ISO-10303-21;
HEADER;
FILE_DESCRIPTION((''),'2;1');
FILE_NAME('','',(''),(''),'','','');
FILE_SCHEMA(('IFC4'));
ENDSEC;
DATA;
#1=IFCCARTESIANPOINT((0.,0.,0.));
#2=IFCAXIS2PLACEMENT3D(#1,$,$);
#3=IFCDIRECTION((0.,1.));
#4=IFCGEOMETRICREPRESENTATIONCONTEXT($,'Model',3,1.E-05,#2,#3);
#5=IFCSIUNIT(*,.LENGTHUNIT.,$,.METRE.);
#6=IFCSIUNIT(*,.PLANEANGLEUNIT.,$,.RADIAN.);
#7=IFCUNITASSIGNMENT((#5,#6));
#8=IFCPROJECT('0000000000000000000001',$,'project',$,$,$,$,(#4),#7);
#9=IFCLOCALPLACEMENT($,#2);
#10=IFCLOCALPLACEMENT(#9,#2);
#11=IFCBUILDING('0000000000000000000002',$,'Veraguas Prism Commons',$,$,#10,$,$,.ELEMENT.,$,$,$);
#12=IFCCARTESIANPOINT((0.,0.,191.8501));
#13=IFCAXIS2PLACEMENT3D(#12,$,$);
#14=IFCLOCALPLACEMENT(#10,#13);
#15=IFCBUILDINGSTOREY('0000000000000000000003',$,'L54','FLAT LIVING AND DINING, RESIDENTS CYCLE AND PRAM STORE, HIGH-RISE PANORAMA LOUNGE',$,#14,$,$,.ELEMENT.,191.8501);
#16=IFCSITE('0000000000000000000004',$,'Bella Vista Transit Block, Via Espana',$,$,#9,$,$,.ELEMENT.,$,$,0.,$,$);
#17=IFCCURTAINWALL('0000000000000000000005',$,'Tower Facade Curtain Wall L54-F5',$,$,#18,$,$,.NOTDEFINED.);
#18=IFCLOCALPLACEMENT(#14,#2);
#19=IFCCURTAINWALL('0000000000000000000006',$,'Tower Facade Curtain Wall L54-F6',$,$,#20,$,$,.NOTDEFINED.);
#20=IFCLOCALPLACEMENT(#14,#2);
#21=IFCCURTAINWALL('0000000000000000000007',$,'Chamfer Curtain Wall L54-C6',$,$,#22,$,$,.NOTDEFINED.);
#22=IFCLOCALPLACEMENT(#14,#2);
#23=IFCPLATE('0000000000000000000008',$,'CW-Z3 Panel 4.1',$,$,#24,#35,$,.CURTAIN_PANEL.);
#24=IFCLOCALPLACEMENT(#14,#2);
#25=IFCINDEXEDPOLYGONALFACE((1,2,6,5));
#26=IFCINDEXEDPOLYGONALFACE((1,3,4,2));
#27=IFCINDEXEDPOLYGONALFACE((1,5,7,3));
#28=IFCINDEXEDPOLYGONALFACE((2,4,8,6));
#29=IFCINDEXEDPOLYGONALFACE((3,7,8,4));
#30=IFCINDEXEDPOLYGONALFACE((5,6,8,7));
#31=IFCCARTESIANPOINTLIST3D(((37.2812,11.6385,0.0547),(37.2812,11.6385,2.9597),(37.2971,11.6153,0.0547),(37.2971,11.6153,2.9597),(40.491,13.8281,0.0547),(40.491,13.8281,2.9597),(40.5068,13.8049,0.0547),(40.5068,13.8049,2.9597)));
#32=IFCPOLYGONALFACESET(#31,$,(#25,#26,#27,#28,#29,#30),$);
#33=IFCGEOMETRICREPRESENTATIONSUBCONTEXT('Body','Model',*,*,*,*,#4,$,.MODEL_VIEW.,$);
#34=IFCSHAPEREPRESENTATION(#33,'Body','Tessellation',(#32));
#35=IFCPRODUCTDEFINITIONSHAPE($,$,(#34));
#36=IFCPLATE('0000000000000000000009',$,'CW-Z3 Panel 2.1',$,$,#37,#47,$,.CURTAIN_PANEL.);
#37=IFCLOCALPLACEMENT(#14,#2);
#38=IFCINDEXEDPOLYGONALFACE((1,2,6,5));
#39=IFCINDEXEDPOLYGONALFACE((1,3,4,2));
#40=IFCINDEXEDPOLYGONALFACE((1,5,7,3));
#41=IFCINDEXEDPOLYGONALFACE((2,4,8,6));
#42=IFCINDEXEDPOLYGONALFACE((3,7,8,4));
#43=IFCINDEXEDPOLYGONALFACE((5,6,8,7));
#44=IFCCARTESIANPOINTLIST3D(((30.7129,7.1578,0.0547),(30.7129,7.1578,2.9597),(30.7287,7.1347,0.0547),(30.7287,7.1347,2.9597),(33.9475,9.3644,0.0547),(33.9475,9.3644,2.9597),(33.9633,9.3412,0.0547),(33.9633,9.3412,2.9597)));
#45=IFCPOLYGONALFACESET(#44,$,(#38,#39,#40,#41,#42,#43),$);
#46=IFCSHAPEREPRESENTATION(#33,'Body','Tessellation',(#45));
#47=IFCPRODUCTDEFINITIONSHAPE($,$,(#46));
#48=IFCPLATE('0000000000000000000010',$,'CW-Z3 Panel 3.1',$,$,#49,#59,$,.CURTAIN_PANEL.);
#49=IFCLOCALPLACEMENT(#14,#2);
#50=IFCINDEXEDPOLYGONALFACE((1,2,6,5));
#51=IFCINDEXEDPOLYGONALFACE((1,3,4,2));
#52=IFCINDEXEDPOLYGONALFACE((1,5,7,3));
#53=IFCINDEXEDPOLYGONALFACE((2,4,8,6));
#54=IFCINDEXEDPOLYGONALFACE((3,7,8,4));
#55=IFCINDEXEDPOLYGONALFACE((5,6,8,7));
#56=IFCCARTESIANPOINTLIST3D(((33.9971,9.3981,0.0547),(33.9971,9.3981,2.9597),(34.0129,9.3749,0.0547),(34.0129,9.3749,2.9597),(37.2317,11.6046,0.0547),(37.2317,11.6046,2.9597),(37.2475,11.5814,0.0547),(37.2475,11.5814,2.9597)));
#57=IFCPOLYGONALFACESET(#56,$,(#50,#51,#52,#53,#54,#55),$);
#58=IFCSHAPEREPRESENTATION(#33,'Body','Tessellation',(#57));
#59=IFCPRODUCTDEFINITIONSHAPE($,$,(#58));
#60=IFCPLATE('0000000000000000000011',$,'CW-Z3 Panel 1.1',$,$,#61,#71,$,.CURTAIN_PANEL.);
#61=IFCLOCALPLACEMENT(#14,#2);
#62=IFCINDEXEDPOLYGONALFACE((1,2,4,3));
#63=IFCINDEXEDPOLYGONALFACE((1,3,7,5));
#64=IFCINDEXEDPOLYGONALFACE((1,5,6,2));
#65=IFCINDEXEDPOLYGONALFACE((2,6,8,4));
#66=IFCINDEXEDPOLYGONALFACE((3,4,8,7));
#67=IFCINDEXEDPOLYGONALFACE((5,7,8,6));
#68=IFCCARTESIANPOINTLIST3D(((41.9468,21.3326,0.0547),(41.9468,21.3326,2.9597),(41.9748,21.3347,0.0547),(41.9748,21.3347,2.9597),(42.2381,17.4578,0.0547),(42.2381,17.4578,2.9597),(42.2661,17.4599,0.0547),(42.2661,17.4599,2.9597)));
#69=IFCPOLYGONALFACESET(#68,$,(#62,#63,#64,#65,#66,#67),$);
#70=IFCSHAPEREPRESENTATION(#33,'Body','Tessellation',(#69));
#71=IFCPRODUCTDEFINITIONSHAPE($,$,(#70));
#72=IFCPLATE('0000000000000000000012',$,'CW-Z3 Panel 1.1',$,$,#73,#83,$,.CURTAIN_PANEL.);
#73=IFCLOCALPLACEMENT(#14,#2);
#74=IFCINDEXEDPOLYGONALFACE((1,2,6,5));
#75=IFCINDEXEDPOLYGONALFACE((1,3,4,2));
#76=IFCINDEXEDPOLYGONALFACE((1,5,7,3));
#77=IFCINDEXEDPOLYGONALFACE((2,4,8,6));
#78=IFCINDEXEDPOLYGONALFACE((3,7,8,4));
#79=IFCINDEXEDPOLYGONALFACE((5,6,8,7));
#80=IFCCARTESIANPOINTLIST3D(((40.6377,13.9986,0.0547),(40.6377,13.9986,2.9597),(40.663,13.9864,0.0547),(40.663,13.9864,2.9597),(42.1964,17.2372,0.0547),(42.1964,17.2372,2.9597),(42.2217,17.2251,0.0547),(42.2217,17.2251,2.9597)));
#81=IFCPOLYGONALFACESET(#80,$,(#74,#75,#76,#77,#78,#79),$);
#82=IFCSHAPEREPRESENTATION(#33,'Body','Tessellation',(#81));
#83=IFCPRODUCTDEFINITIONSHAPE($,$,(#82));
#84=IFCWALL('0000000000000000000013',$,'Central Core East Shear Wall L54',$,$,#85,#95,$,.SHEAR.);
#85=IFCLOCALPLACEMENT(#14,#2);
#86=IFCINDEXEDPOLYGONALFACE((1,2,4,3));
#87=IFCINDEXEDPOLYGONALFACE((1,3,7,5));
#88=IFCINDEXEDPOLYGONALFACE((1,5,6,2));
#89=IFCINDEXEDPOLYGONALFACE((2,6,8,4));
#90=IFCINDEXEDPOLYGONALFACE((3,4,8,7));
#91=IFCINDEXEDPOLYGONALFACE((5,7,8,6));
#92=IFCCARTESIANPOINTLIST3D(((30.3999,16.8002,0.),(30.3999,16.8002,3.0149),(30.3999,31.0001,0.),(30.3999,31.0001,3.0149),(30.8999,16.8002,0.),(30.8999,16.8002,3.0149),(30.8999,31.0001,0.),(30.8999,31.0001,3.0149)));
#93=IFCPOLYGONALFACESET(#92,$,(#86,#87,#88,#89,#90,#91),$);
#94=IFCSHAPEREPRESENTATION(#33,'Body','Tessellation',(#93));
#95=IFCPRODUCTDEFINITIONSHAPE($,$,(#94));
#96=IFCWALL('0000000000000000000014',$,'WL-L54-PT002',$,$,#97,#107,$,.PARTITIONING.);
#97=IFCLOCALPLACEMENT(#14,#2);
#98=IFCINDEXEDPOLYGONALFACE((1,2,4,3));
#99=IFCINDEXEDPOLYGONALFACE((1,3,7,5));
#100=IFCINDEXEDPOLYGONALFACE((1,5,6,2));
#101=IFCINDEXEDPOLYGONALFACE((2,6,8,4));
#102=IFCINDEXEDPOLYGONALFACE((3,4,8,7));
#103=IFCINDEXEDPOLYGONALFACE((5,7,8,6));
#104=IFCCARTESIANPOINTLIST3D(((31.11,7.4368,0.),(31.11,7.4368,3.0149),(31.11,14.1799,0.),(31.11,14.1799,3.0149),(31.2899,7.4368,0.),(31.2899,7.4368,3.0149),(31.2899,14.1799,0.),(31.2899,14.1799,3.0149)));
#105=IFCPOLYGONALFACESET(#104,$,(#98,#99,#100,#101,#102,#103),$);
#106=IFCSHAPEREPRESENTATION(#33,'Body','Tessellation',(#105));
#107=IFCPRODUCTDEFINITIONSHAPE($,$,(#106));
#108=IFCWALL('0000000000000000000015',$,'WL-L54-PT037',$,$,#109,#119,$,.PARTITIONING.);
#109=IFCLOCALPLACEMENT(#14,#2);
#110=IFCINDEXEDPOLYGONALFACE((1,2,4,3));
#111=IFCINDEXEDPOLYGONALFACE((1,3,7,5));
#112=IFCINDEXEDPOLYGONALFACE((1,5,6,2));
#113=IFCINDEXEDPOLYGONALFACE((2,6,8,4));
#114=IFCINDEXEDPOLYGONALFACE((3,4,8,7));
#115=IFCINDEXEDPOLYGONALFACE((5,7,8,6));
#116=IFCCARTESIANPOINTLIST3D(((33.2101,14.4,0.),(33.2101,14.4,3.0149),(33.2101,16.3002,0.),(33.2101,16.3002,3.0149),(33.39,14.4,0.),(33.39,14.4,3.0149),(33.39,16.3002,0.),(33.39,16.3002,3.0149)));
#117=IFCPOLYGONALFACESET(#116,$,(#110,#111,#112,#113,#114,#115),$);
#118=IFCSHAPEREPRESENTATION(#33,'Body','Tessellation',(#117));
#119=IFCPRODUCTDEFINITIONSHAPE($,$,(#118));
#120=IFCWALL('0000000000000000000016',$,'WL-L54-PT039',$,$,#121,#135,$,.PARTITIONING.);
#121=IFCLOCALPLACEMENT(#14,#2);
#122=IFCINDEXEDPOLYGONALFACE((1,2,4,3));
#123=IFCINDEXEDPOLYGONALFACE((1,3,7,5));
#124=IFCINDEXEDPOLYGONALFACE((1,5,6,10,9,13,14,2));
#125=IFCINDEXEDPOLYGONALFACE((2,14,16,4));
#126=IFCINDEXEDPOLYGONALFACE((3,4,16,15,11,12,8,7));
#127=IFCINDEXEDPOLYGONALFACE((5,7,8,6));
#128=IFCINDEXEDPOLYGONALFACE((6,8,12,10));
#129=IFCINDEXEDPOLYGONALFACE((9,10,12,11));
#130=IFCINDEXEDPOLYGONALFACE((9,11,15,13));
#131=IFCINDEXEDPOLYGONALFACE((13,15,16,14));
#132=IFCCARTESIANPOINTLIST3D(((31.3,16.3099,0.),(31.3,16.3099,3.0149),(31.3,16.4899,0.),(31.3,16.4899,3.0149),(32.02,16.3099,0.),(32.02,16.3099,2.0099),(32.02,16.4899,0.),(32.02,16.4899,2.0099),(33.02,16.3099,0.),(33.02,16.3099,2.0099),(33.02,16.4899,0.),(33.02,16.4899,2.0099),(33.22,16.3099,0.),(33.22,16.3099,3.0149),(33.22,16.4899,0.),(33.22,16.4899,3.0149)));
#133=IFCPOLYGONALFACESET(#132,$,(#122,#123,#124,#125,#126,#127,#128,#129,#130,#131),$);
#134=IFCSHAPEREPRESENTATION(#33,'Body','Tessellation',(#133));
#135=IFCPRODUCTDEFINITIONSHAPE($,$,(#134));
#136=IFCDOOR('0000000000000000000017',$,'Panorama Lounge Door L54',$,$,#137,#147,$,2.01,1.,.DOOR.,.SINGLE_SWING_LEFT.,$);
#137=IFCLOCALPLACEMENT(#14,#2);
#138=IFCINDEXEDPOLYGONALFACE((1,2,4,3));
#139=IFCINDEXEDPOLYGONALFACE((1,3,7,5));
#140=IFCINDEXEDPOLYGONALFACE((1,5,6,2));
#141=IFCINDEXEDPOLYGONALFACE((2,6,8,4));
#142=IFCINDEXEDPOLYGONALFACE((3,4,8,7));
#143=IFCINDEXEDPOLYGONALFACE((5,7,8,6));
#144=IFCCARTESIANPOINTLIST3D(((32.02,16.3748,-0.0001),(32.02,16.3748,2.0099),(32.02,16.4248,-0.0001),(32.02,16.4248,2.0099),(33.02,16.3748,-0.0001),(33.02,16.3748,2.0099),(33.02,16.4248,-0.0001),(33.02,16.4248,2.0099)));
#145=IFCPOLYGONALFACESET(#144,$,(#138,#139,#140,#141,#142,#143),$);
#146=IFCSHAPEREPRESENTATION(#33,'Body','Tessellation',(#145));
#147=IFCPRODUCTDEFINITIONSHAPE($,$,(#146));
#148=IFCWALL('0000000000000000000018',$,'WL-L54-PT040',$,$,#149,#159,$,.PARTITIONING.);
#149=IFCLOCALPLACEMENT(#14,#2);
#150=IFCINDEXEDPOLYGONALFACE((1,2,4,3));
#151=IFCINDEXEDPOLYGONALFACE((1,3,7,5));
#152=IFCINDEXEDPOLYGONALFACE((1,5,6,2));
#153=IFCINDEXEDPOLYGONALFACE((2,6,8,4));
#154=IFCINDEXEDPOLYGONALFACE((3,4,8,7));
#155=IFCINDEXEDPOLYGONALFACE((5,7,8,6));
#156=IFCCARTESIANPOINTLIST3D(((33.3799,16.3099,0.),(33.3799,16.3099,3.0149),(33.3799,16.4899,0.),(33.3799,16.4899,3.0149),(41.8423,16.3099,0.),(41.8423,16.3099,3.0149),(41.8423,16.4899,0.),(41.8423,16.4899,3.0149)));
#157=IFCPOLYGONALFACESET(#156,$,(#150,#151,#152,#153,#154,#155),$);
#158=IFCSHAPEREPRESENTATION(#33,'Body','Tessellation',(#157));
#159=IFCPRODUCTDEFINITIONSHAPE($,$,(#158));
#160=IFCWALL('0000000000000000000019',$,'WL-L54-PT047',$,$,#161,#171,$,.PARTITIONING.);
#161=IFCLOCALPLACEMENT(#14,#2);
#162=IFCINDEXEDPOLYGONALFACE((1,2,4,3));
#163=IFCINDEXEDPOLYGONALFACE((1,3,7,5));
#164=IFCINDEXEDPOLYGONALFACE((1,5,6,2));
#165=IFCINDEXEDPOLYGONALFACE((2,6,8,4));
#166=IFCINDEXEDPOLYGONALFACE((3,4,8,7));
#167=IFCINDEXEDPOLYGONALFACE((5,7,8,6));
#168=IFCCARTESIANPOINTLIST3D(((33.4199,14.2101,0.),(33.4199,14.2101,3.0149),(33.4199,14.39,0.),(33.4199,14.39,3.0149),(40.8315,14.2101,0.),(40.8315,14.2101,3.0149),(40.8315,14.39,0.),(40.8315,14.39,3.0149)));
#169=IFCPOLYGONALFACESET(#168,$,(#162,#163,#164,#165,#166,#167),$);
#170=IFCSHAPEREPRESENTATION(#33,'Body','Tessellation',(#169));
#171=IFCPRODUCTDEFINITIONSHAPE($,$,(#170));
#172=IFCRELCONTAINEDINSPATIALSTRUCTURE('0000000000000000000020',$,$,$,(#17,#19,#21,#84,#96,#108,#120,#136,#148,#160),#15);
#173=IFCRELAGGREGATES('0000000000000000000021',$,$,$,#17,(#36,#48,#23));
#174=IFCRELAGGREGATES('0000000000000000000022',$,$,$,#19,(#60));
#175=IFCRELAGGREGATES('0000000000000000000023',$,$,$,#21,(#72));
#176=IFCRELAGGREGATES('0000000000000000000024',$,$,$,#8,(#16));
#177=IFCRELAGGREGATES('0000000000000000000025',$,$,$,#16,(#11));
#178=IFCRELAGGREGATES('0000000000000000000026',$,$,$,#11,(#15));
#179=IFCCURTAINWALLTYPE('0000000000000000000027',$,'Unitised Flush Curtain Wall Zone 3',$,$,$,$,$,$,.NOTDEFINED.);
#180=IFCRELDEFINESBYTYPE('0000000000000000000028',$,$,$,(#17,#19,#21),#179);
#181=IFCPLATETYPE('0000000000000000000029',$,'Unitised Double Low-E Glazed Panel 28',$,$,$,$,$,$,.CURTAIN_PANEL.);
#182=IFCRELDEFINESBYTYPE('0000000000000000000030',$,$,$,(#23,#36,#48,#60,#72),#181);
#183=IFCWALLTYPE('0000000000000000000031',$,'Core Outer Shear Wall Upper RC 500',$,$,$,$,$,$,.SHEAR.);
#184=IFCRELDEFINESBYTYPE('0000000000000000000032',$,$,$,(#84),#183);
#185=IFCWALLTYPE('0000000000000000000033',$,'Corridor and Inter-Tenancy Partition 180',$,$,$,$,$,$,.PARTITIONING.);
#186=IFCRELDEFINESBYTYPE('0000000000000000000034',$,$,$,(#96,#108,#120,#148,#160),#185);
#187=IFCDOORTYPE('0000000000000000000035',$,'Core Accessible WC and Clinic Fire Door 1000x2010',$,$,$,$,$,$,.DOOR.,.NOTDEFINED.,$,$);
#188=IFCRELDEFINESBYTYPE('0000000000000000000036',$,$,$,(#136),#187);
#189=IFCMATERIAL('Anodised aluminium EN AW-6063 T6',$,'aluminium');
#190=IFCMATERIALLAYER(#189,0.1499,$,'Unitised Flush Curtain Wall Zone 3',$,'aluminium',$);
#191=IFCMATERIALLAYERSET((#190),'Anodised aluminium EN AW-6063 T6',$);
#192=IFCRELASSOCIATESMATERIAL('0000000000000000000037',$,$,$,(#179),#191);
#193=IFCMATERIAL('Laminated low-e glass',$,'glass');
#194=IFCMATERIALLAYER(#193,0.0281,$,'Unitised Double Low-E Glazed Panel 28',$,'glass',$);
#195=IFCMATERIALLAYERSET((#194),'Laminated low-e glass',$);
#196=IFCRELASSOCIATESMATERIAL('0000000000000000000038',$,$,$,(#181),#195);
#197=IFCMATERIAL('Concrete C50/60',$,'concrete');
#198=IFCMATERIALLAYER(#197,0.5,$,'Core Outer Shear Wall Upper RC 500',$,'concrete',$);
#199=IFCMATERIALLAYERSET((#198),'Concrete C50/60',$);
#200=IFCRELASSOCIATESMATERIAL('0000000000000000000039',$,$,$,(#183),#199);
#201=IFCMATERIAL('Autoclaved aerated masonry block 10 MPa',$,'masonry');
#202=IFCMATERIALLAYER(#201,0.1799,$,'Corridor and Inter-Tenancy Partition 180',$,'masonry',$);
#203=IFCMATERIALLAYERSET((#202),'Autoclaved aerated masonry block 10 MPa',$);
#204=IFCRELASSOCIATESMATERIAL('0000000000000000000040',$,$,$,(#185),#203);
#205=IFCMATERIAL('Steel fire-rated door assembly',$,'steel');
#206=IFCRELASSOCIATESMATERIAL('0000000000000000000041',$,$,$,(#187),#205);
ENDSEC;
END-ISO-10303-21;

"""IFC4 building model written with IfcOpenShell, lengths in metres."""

from ifc_helpers import new_model, si_unit, direction, frame, frame_2d, origin, origin_2d, place, context, subcontext, project, spatial, rectangle, extrude, source, transform, mapped, material, layer, layer_set, type_object, element, fill, aggregate, save


model = new_model("IFC4")

# Units and contexts
model_context = context("Model", 3, precision=1e-05, world=origin(), true_north=direction((0.0, 1.0)))
body_context = subcontext(model_context, "Body", "Model", "MODEL_VIEW")
ifc_project = project(units=[si_unit("LENGTHUNIT", "METRE"), si_unit("PLANEANGLEUNIT", "RADIAN")], contexts=[model_context])

# Site, building, storey
site_placement = place(None, origin())
site = spatial("IfcSite", under=ifc_project, at=site_placement, Name="Bella Vista Transit Block, Via Espana", CompositionType="ELEMENT", RefElevation=0.0)
building_placement = place(site_placement, origin())
building = spatial("IfcBuilding", under=site, at=building_placement, Name="Veraguas Prism Commons", CompositionType="ELEMENT")
storey_placement = place(building_placement, frame((0.0, 0.0, 191.8501)))
storey = spatial("IfcBuildingStorey", under=building, at=storey_placement, Name="L54", Description="FLAT LIVING AND DINING, RESIDENTS CYCLE AND PRAM STORE, HIGH-RISE PANORAMA LOUNGE", CompositionType="ELEMENT", Elevation=191.8501)

# Shared definitions
ifc_material_1 = material(Name="Concrete C50/60", Category="concrete")

# Curtain wall
ifc_material_2 = material(Name="Anodised aluminium EN AW-6063 T6", Category="aluminium")
ifc_layer_1 = layer(ifc_material_2, 0.1499, Name="Unitised Flush Curtain Wall Zone 3", Category="aluminium")
ifc_layer_set_1 = layer_set([ifc_layer_1], Name="Anodised aluminium EN AW-6063 T6")
curtain_wall_type = type_object("IfcCurtainWallType", Name="Unitised Flush Curtain Wall Zone 3", PredefinedType="NOTDEFINED", material=ifc_layer_set_1)
curtain_wall_1_placement = place(storey_placement, origin())
curtain_wall_1 = element("IfcCurtainWall", 1, at=curtain_wall_1_placement, inside=storey, type_object=curtain_wall_type, Name="Tower Facade Curtain Wall L54-F5", PredefinedType="NOTDEFINED")

# Curtain wall
curtain_wall_2_placement = place(storey_placement, origin())
curtain_wall_2 = element("IfcCurtainWall", 2, at=curtain_wall_2_placement, inside=storey, type_object=curtain_wall_type, Name="Tower Facade Curtain Wall L54-F6", PredefinedType="NOTDEFINED")

# Curtain wall
curtain_wall_3_placement = place(storey_placement, origin())
curtain_wall_3 = element("IfcCurtainWall", 3, at=curtain_wall_3_placement, inside=storey, type_object=curtain_wall_type, Name="Chamfer Curtain Wall L54-C6", PredefinedType="NOTDEFINED")

# Plates
ifc_material_3 = material(Name="Laminated low-e glass", Category="glass")
ifc_layer_2 = layer(ifc_material_3, 0.0281, Name="Unitised Double Low-E Glazed Panel 28", Category="glass")
ifc_layer_set_2 = layer_set([ifc_layer_2], Name="Laminated low-e glass")
plate_type = type_object("IfcPlateType", Name="Unitised Double Low-E Glazed Panel 28", PredefinedType="CURTAIN_PANEL", material=ifc_layer_set_2)
shared_shape_1 = source(origin(), body_context, "Body", "SweptSolid", [
    extrude(rectangle(XDim=3.8855, YDim=0.0281, at=origin_2d()), origin(), (0.0, 0.0, 1.0), 2.905),
])
plate_1_placement = place(storey_placement, frame((38.894, 12.7217, 0.0547), z_axis=(0.0, 0.0, 1.0), x_axis=(0.826095, 0.56353, 0.0)))
plate_1 = element("IfcPlate", 4, at=plate_1_placement, type_object=plate_type, Name="CW-Z3 Panel 4.1", PredefinedType="CURTAIN_PANEL", context=body_context, shape_type="MappedRepresentation", body=[
    mapped(shared_shape_1, transform((0.0, 0.0, 0.0), scale=1.0)),
])
shared_shape_2 = source(origin(), body_context, "Body", "SweptSolid", [
    extrude(rectangle(XDim=3.9155, YDim=0.0281, at=origin_2d()), origin(), (0.0, 0.0, 1.0), 2.905),
])
plate_2_placement = place(storey_placement, frame((32.3381, 8.2495, 0.0547), z_axis=(0.0, 0.0, 1.0), x_axis=(0.826095, 0.56353, 0.0)))
plate_2 = element("IfcPlate", 5, at=plate_2_placement, type_object=plate_type, Name="CW-Z3 Panel 2.1", PredefinedType="CURTAIN_PANEL", context=body_context, shape_type="MappedRepresentation", body=[
    mapped(shared_shape_2, transform((0.0, 0.0, 0.0), scale=1.0)),
])
plate_3_placement = place(storey_placement, frame((35.6223, 10.4897, 0.0547), z_axis=(0.0, 0.0, 1.0), x_axis=(0.826095, 0.56353, 0.0)))
plate_3 = element("IfcPlate", 6, at=plate_3_placement, type_object=plate_type, Name="CW-Z3 Panel 3.1", PredefinedType="CURTAIN_PANEL", context=body_context, shape_type="MappedRepresentation", body=[
    mapped(shared_shape_2, transform((0.0, 0.0, 0.0), scale=1.0)),
])
aggregate(curtain_wall_1, [plate_2, plate_3, plate_1])
shared_shape_3 = source(origin(), body_context, "Body", "SweptSolid", [
    extrude(rectangle(XDim=3.8857, YDim=0.0281, at=origin_2d()), origin(), (0.0, 0.0, 1.0), 2.905),
])
plate_4_placement = place(storey_placement, frame((42.1064, 19.3962, 0.0547), z_axis=(0.0, 0.0, 1.0), x_axis=(-0.074975, 0.997185, 0.0)))
plate_4 = element("IfcPlate", 7, at=plate_4_placement, type_object=plate_type, Name="CW-Z3 Panel 1.1", PredefinedType="CURTAIN_PANEL", context=body_context, shape_type="MappedRepresentation", body=[
    mapped(shared_shape_3, transform((0.0, 0.0, 0.0), scale=1.0)),
])
aggregate(curtain_wall_2, [plate_4])
shared_shape_4 = source(origin(), body_context, "Body", "SweptSolid", [
    extrude(rectangle(XDim=3.5942, YDim=0.0281, at=origin_2d()), origin(), (0.0, 0.0, 1.0), 2.905),
])
plate_5_placement = place(storey_placement, frame((41.4297, 15.6118, 0.0547), z_axis=(0.0, 0.0, 1.0), x_axis=(0.43368, 0.901067, 0.0)))
plate_5 = element("IfcPlate", 8, at=plate_5_placement, type_object=plate_type, Name="CW-Z3 Panel 1.1", PredefinedType="CURTAIN_PANEL", context=body_context, shape_type="MappedRepresentation", body=[
    mapped(shared_shape_4, transform((0.0, 0.0, 0.0), scale=1.0)),
])
aggregate(curtain_wall_3, [plate_5])

# Walls
ifc_layer_3 = layer(ifc_material_1, 0.5, Name="Core Outer Shear Wall Upper RC 500", Category="concrete")
ifc_layer_set_3 = layer_set([ifc_layer_3], Name="Concrete C50/60")
wall_type_1 = type_object("IfcWallType", Name="Core Outer Shear Wall Upper RC 500", PredefinedType="SHEAR", material=ifc_layer_set_3)
wall_1_placement = place(storey_placement, frame((30.6499, 16.8, 0.0), z_axis=(0.0, 0.0, 1.0), x_axis=(0.0, 1.0, 0.0)))
element("IfcWall", 9, at=wall_1_placement, inside=storey, type_object=wall_type_1, Name="Central Core East Shear Wall L54", PredefinedType="SHEAR", context=body_context, shape_type="SweptSolid", body=[
    extrude(rectangle(XDim=14.2, YDim=0.5, at=frame_2d((7.1001, 0.0))), origin(), (0.0, 0.0, 1.0), 3.0149),
])
ifc_material_4 = material(Name="Autoclaved aerated masonry block 10 MPa", Category="masonry")
ifc_layer_4 = layer(ifc_material_4, 0.1799, Name="Corridor and Inter-Tenancy Partition 180", Category="masonry")
ifc_layer_set_4 = layer_set([ifc_layer_4], Name="Autoclaved aerated masonry block 10 MPa")
wall_type_2 = type_object("IfcWallType", Name="Corridor and Inter-Tenancy Partition 180", PredefinedType="PARTITIONING", material=ifc_layer_set_4)
wall_2_placement = place(storey_placement, frame((31.2, 14.1799, 0.0), z_axis=(0.0, 0.0, 1.0), x_axis=(0.0, -1.0, 0.0)))
element("IfcWall", 10, at=wall_2_placement, inside=storey, type_object=wall_type_2, Name="WL-L54-PT002", PredefinedType="PARTITIONING", context=body_context, shape_type="SweptSolid", body=[
    extrude(rectangle(XDim=6.7432, YDim=0.1799, at=frame_2d((3.3716, 0.0))), origin(), (0.0, 0.0, 1.0), 3.0149),
])
wall_3_placement = place(storey_placement, frame((33.3, 14.3999, 0.0), z_axis=(0.0, 0.0, 1.0), x_axis=(0.0, 1.0, 0.0)))
element("IfcWall", 11, at=wall_3_placement, inside=storey, type_object=wall_type_2, Name="WL-L54-PT037", PredefinedType="PARTITIONING", context=body_context, shape_type="SweptSolid", body=[
    extrude(rectangle(XDim=1.9001, YDim=0.1799, at=frame_2d((0.9502, 0.0))), origin(), (0.0, 0.0, 1.0), 3.0149),
])

# Wall, opening, door
wall_4_placement = place(storey_placement, frame((31.3, 16.3999, 0.0), z_axis=(0.0, 0.0, 1.0), x_axis=(1.0, 0.0, 0.0)))
wall_4 = element("IfcWall", 12, at=wall_4_placement, inside=storey, type_object=wall_type_2, Name="WL-L54-PT039", PredefinedType="PARTITIONING", context=body_context, shape_type="SweptSolid", body=[
    extrude(rectangle(XDim=1.9199, YDim=0.1799, at=frame_2d((0.96, 0.0))), origin(), (0.0, 0.0, 1.0), 3.0149),
])
opening_1_placement = place(wall_4_placement, frame((0.72, 0.0, 0.0)))
opening_1 = element("IfcOpeningElement", 13, at=opening_1_placement, cuts=wall_4, PredefinedType="OPENING", context=body_context, shape_type="SweptSolid", body=[
    extrude(rectangle(XDim=1.0, YDim=2.01, at=frame_2d((0.5, 1.0049))), frame((0.0, 0.0999, 0.0), z_axis=(0.0, -1.0, 0.0), x_axis=(1.0, 0.0, 0.0)), (0.0, 0.0, 1.0), 0.2),
])
ifc_material_5 = material(Name="Steel fire-rated door assembly", Category="steel")
door_type_1 = type_object("IfcDoorType", Name="Core Accessible WC and Clinic Fire Door 1000x2010", OperationType="NOTDEFINED", PredefinedType="DOOR", material=ifc_material_5)
shared_shape_5 = source(origin(), body_context, "Body", "SweptSolid", [
    extrude(rectangle(XDim=1.0, YDim=2.01, at=frame_2d((0.5, 1.0049))), frame((0.0, 0.0249, 0.0), z_axis=(0.0, -1.0, 0.0), x_axis=(1.0, 0.0, 0.0)), (0.0, 0.0, 1.0), 0.05),
])
door_1_placement = place(opening_1_placement, origin())
door_1 = element("IfcDoor", 14, at=door_1_placement, inside=storey, type_object=door_type_1, Name="Panorama Lounge Door L54", OperationType="SINGLE_SWING_LEFT", OverallHeight=2.01, OverallWidth=1.0, PredefinedType="DOOR", context=body_context, shape_type="MappedRepresentation", body=[
    mapped(shared_shape_5, transform((0.0, 0.0, 0.0), scale=1.0)),
])
fill(opening_1, door_1)

# Walls
wall_5_placement = place(storey_placement, frame((33.3799, 16.3999, 0.0), z_axis=(0.0, 0.0, 1.0), x_axis=(1.0, 0.0, 0.0)))
element("IfcWall", 15, at=wall_5_placement, inside=storey, type_object=wall_type_2, Name="WL-L54-PT040", PredefinedType="PARTITIONING", context=body_context, shape_type="SweptSolid", body=[
    extrude(rectangle(XDim=8.4624, YDim=0.1799, at=frame_2d((4.2312, 0.0))), origin(), (0.0, 0.0, 1.0), 3.0149),
])
wall_6_placement = place(storey_placement, frame((33.4199, 14.3, 0.0), z_axis=(0.0, 0.0, 1.0), x_axis=(1.0, 0.0, 0.0)))
element("IfcWall", 16, at=wall_6_placement, inside=storey, type_object=wall_type_2, Name="WL-L54-PT047", PredefinedType="PARTITIONING", context=body_context, shape_type="SweptSolid", body=[
    extrude(rectangle(XDim=7.4116, YDim=0.1799, at=frame_2d((3.7058, 0.0))), origin(), (0.0, 0.0, 1.0), 3.0149),
])

save(model, "model.ifc")
